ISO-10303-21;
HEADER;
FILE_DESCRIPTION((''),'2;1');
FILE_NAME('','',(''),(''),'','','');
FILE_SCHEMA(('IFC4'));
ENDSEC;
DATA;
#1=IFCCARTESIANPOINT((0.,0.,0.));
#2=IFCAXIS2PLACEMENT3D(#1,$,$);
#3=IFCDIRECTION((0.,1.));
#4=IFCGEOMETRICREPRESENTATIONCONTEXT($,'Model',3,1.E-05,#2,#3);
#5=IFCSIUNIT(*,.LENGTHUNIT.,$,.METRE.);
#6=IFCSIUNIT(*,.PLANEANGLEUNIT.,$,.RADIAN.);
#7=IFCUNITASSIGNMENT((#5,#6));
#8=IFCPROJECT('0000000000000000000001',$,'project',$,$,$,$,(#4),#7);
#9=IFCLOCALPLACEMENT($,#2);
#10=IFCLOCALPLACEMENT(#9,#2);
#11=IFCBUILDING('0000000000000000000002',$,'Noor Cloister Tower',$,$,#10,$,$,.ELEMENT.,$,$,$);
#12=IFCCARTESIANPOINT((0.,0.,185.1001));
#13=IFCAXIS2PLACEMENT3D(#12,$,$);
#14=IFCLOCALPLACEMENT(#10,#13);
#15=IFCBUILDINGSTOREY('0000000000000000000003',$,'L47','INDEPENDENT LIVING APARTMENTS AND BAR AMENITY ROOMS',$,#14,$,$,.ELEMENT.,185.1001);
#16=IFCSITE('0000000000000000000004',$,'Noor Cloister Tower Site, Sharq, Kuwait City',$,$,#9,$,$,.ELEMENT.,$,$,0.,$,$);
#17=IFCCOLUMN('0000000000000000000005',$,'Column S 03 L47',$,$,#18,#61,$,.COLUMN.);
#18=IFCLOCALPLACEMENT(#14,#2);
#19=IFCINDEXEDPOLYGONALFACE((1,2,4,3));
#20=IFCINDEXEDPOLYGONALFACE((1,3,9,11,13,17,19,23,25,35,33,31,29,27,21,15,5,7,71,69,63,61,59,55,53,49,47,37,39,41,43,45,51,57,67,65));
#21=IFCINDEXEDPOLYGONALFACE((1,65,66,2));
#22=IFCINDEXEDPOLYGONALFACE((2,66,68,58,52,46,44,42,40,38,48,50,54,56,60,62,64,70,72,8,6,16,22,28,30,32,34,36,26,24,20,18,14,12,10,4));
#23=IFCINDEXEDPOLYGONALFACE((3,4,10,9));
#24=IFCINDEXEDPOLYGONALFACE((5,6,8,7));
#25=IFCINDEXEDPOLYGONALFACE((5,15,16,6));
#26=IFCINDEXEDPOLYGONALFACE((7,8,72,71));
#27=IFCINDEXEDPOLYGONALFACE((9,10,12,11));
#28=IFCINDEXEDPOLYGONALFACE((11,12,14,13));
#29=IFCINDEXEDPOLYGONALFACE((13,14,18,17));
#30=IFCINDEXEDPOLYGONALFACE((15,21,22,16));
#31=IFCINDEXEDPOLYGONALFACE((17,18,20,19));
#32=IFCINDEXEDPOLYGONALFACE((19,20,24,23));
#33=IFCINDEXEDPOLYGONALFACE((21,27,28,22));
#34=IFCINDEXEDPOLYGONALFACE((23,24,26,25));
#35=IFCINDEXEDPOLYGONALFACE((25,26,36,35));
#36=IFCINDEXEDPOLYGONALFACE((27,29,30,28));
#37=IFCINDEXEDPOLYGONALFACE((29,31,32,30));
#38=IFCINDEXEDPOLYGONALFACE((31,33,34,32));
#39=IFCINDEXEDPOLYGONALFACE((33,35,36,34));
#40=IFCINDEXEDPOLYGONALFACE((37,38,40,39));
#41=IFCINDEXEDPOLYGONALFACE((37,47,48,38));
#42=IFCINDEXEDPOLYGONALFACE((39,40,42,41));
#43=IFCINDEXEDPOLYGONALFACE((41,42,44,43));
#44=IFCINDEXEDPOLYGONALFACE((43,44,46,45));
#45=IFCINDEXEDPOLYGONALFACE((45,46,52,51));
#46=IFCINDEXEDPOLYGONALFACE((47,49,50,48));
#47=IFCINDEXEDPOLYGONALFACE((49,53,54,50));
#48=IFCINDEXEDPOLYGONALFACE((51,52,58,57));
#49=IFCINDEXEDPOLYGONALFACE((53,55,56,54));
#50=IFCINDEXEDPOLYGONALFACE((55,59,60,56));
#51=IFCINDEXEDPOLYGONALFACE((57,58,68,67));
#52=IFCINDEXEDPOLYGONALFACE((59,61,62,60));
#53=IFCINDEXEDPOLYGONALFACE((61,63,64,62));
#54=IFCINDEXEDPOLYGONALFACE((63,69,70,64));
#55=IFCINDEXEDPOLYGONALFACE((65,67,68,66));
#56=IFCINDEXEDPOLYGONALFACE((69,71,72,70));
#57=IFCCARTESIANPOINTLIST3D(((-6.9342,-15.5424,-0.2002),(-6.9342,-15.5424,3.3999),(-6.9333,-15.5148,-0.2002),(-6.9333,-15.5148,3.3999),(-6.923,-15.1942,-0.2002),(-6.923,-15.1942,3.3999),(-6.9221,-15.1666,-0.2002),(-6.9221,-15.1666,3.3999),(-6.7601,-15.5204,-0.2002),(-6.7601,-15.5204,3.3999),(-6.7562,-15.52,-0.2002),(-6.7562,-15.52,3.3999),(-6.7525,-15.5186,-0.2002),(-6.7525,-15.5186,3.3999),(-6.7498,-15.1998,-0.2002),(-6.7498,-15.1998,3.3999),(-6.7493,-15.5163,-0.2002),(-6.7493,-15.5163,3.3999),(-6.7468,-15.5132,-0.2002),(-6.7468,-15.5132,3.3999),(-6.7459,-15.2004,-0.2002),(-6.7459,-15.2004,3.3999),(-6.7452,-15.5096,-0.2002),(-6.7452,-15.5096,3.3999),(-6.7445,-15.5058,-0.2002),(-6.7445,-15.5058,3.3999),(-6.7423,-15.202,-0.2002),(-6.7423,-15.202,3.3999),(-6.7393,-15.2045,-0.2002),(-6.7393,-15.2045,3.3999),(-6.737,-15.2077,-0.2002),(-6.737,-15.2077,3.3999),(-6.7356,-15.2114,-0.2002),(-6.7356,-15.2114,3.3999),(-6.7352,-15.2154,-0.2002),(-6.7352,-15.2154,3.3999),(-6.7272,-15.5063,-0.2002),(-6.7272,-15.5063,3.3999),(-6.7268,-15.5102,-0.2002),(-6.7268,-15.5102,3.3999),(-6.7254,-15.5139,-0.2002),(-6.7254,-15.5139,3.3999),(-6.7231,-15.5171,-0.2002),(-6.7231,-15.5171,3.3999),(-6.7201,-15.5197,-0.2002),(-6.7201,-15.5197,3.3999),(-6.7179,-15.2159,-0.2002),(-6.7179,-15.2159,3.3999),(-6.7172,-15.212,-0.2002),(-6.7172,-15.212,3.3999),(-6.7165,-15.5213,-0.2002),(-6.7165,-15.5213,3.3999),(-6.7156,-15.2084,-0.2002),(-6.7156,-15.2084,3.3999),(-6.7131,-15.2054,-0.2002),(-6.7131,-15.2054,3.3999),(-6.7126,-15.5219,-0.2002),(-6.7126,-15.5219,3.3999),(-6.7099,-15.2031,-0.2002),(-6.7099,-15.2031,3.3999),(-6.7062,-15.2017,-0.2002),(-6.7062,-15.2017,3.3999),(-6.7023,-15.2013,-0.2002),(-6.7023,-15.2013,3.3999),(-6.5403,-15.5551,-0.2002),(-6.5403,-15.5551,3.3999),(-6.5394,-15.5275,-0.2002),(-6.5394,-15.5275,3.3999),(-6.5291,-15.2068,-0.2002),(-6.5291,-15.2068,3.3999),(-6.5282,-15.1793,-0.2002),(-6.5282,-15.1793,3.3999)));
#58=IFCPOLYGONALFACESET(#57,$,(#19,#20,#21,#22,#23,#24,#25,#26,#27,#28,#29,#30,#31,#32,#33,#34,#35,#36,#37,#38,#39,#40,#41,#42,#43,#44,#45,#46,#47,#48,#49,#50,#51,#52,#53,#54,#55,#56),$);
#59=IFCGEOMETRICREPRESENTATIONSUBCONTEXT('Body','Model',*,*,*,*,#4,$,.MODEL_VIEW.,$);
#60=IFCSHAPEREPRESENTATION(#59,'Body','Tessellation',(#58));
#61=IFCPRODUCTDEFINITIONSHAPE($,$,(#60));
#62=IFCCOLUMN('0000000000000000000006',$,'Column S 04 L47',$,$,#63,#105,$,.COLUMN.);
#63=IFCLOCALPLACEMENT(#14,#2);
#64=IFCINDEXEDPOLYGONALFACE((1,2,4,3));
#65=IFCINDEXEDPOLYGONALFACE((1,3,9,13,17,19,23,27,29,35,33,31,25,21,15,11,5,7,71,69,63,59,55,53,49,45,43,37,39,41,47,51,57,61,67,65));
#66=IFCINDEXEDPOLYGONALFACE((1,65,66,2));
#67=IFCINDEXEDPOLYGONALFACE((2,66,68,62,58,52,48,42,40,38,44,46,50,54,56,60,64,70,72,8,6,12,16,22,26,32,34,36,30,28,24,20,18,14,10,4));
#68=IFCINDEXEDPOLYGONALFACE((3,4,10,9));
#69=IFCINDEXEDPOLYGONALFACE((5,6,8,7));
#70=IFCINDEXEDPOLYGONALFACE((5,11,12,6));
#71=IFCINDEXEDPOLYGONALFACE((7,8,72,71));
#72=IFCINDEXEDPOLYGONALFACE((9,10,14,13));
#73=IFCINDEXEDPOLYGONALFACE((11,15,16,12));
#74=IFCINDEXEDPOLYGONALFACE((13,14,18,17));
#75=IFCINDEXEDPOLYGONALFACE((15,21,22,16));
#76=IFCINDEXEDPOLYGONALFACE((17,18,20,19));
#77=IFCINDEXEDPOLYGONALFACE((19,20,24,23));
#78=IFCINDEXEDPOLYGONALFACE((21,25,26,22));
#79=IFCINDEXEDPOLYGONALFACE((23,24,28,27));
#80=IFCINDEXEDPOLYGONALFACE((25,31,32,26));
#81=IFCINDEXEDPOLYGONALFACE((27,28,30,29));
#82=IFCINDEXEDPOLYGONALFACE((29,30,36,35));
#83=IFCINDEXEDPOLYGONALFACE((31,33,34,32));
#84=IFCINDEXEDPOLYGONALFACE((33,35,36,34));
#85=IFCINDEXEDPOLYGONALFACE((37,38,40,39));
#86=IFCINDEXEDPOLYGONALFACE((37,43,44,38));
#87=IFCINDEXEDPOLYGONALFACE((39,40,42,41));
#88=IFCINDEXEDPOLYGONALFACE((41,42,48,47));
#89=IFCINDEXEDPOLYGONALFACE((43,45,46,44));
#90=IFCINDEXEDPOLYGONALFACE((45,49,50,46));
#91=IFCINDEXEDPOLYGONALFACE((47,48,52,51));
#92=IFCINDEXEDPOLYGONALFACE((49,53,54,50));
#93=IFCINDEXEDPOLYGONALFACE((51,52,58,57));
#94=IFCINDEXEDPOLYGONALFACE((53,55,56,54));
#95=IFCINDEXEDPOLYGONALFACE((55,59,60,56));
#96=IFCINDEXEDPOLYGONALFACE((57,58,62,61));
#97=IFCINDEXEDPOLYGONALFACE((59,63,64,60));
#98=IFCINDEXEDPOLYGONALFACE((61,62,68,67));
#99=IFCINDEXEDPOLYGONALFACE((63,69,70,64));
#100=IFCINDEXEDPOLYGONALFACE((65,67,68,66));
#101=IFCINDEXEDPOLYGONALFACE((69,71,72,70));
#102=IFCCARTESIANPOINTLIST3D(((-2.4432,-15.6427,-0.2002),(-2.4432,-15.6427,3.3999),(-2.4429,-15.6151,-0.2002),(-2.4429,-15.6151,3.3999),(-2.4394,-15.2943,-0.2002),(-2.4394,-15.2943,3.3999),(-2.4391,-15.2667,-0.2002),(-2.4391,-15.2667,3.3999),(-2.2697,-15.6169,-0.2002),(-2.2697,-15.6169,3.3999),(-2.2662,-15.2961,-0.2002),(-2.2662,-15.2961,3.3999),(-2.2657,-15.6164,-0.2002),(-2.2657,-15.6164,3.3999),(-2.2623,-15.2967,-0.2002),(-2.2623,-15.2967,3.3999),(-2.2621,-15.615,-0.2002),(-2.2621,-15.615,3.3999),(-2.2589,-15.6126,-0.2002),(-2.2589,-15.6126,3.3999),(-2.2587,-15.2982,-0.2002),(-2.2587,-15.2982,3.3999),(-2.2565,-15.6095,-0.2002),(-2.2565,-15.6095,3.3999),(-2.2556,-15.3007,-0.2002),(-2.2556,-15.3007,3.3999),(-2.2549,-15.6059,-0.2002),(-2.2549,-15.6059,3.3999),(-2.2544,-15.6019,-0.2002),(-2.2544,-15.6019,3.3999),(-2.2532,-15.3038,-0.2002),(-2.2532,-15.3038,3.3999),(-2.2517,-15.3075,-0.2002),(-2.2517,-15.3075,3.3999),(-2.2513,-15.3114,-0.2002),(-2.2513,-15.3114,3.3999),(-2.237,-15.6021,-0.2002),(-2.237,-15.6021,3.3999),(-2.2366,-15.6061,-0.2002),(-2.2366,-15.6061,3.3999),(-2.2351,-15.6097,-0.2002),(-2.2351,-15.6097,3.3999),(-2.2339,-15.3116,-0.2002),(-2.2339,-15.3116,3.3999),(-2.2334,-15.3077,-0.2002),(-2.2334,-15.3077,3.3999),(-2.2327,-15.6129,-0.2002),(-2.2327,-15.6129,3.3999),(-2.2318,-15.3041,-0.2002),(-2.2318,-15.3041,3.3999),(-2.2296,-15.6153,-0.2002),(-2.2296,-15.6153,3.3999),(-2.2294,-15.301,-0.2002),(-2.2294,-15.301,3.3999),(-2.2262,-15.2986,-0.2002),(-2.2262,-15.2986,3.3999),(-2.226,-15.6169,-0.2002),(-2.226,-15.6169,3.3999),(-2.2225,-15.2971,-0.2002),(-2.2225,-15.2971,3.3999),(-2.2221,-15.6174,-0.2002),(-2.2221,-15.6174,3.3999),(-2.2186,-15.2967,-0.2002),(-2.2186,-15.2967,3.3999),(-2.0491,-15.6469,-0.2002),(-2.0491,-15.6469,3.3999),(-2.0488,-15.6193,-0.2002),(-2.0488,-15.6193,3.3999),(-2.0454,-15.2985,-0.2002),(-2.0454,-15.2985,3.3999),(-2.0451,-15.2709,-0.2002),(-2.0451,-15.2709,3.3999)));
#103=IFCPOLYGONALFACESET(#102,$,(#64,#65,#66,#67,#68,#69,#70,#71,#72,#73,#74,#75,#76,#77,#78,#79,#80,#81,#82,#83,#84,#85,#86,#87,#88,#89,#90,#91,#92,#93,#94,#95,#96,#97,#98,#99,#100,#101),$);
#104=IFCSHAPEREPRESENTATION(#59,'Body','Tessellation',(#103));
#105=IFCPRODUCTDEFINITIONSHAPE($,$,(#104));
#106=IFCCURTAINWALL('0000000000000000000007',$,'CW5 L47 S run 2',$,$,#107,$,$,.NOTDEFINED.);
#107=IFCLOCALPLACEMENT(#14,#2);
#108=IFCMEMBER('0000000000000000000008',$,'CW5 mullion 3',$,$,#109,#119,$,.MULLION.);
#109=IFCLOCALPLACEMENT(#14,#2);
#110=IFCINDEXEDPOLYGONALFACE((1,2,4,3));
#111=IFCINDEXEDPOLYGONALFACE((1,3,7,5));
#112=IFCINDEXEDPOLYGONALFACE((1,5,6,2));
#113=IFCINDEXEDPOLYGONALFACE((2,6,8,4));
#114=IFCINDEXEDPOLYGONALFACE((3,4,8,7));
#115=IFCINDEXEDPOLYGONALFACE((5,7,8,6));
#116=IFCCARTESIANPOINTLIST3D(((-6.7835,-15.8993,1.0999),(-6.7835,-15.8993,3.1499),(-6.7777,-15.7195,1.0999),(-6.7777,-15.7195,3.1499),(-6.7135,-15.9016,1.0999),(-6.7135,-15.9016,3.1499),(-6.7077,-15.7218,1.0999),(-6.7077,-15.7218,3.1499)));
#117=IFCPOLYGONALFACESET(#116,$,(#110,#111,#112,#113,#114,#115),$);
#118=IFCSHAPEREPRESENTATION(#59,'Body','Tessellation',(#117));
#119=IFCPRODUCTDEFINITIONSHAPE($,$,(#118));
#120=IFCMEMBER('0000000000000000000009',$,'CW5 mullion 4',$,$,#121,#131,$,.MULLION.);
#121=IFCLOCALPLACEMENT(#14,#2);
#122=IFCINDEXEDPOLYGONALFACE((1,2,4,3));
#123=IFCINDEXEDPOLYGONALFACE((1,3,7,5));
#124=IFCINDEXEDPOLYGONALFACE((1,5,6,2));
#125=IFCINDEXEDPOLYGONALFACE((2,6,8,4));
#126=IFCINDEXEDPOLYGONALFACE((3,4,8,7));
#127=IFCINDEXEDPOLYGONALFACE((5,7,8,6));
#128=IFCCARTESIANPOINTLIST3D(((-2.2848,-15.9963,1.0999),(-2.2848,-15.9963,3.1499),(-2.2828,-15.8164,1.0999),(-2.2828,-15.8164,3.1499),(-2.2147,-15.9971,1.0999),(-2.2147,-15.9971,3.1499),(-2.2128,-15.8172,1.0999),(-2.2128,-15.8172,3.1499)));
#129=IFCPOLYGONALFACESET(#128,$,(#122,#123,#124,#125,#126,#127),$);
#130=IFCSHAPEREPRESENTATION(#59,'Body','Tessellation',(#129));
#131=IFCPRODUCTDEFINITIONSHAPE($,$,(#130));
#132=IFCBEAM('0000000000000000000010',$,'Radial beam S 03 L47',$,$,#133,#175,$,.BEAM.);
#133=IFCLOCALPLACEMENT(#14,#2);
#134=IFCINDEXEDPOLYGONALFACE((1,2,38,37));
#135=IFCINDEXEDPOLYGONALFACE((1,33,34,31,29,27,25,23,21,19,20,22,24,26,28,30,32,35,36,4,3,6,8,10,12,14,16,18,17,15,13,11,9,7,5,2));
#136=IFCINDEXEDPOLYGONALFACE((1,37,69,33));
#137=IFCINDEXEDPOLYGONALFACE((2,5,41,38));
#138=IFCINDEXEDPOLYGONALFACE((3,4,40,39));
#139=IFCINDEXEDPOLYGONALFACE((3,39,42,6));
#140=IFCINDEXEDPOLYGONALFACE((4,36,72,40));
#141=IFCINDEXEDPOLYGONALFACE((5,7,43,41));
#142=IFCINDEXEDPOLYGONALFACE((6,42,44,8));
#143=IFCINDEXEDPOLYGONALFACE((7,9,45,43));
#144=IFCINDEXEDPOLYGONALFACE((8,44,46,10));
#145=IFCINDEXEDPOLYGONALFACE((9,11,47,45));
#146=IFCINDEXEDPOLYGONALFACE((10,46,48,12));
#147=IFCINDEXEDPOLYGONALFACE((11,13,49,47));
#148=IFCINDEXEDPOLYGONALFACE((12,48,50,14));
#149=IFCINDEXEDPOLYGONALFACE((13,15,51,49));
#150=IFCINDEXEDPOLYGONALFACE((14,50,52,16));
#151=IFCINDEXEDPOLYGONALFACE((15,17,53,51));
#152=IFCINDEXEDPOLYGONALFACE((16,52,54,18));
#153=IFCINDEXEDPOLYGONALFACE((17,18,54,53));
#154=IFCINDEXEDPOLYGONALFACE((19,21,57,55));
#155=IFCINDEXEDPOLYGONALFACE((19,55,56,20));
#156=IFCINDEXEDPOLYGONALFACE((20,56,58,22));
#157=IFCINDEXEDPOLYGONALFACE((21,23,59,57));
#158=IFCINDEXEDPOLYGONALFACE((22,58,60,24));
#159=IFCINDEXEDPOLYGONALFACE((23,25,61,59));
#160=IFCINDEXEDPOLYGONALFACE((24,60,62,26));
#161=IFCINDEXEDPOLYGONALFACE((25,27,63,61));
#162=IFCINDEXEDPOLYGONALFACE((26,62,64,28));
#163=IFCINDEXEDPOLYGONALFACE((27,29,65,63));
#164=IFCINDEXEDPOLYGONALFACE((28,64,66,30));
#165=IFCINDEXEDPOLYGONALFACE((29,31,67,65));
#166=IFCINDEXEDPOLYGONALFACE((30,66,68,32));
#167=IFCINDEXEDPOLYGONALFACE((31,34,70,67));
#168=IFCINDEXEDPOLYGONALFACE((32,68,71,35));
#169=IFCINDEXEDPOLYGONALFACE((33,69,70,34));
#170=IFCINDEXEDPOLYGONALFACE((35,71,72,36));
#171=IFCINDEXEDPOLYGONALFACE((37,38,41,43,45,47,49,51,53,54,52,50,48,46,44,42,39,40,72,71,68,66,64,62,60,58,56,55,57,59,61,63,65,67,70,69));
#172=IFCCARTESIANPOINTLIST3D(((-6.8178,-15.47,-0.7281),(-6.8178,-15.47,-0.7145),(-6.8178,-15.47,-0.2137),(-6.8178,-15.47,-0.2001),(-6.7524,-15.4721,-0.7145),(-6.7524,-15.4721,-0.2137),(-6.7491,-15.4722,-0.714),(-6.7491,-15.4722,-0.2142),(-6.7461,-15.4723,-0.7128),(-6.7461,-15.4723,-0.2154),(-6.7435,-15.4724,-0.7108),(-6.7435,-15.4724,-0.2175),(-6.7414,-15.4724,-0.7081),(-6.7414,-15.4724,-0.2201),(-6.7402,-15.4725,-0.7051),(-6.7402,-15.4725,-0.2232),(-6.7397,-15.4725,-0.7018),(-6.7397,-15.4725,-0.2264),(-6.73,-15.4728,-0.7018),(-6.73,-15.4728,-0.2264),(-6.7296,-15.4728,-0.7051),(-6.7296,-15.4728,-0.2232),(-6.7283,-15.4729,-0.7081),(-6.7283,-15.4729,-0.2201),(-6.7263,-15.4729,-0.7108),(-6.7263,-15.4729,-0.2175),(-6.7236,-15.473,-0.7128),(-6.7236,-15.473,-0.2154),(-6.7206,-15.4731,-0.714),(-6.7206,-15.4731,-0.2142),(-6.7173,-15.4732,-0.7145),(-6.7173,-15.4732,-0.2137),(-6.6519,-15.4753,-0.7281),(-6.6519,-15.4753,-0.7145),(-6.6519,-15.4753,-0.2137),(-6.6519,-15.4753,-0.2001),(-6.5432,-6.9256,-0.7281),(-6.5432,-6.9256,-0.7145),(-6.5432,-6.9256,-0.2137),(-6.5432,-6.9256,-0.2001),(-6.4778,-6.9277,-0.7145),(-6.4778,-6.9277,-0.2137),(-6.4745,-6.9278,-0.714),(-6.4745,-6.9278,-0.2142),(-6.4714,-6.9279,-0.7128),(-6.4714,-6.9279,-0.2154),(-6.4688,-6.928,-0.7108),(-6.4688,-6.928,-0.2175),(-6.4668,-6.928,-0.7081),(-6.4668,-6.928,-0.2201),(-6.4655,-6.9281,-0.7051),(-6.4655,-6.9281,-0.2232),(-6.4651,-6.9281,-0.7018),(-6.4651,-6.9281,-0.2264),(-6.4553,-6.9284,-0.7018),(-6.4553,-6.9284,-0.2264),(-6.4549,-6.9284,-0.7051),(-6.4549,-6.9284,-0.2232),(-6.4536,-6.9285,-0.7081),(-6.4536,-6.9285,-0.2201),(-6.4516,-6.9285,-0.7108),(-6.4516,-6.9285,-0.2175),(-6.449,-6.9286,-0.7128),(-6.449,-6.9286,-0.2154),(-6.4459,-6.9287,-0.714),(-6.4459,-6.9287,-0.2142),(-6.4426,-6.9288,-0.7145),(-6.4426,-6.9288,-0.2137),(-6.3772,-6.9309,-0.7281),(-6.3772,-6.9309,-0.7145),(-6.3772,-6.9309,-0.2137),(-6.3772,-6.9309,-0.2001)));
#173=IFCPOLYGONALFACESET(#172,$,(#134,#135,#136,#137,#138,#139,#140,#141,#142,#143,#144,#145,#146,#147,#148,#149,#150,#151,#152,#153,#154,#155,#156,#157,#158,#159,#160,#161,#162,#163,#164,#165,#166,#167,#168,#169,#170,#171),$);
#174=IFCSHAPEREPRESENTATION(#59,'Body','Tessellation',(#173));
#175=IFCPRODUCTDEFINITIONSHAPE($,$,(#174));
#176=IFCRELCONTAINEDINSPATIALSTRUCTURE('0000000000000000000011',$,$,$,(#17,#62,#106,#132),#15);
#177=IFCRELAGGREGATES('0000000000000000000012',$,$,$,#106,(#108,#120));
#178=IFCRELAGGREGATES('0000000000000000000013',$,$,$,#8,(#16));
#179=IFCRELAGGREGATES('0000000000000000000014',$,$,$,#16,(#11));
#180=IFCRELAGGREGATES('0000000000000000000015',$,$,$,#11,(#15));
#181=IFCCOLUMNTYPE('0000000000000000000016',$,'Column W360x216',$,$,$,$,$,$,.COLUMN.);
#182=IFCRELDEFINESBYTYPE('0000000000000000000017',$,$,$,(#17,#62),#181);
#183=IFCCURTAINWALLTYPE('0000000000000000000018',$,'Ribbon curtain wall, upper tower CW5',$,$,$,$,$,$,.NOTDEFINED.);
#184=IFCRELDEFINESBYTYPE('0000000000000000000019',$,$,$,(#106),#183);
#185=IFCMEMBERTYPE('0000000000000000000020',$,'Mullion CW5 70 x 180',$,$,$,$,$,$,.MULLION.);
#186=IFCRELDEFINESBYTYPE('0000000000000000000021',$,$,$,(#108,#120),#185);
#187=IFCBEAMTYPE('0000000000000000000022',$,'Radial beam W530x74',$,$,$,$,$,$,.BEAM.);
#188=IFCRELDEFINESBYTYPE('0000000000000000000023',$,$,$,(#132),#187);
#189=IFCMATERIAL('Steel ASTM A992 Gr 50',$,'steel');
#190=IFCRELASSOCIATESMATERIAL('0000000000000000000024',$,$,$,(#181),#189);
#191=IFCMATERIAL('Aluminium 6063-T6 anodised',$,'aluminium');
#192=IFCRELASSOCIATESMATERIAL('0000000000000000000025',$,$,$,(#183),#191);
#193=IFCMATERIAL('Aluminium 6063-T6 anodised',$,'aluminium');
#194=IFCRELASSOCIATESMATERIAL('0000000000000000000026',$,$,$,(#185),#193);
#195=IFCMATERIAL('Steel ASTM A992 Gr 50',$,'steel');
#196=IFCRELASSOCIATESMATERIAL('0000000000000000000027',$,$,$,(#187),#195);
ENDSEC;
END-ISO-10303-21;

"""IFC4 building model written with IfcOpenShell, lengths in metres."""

from ifc_helpers import new_model, si_unit, direction, frame, origin, origin_2d, place, context, subcontext, project, spatial, rectangle, i_section, extrude, material, material_profile, profile_set, type_object, element, aggregate, save


model = new_model("IFC4")

# Units and contexts
model_context = context("Model", 3, precision=1e-05, world=origin(), true_north=direction((0.0, 1.0)))
body_context = subcontext(model_context, "Body", "Model", "MODEL_VIEW")
ifc_project = project(units=[si_unit("LENGTHUNIT", "METRE"), si_unit("PLANEANGLEUNIT", "RADIAN")], contexts=[model_context])

# Site, building, storey
site_placement = place(None, origin())
site = spatial("IfcSite", under=ifc_project, at=site_placement, Name="Noor Cloister Tower Site, Sharq, Kuwait City", CompositionType="ELEMENT", RefElevation=0.0)
building_placement = place(site_placement, origin())
building = spatial("IfcBuilding", under=site, at=building_placement, Name="Noor Cloister Tower", CompositionType="ELEMENT")
storey_placement = place(building_placement, frame((0.0, 0.0, 185.1001)))
storey = spatial("IfcBuildingStorey", under=building, at=storey_placement, Name="L47", Description="INDEPENDENT LIVING APARTMENTS AND BAR AMENITY ROOMS", CompositionType="ELEMENT", Elevation=185.1001)

# Columns
ifc_material_1 = material(Name="Steel ASTM A992 Gr 50", Category="steel")
ifc_material_profile_1 = material_profile(ifc_material_1, i_section(OverallWidth=0.394, OverallDepth=0.376, WebThickness=0.0173, FlangeThickness=0.0276, FilletRadius=0.0151, at=origin_2d()), Name="W360x216")
ifc_profile_set_1 = profile_set([ifc_material_profile_1], Name="Steel ASTM A992 Gr 50")
column_type = type_object("IfcColumnType", Name="Column W360x216", PredefinedType="COLUMN", material=ifc_profile_set_1)
for number, where, z_axis, x_axis, name in (
    (1, (-6.7312, -15.3608, -0.2002), (0.0, 0.0, 1.0), (0.999484, -0.032107, 0.0), "Column S 03 L47"),
    (2, (-2.2441, -15.4568, -0.2002), (0.0, 0.0, 1.0), (0.999943, -0.010704, 0.0), "Column S 04 L47"),
):
    element("IfcColumn", number, at=place(storey_placement, frame(where, z_axis=z_axis, x_axis=x_axis)), inside=storey, type_object=column_type, Name=name, PredefinedType="COLUMN", context=body_context, shape_type="SweptSolid", body=[
        extrude(i_section(OverallWidth=0.394, OverallDepth=0.376, WebThickness=0.0173, FlangeThickness=0.0276, FilletRadius=0.0151, at=origin_2d()), origin(), (0.0, 0.0, 1.0), 3.6001),
    ])

# Curtain wall, members
ifc_material_2 = material(Name="Aluminium 6063-T6 anodised", Category="aluminium")
curtain_wall_type = type_object("IfcCurtainWallType", Name="Ribbon curtain wall, upper tower CW5", PredefinedType="NOTDEFINED", material=ifc_material_2)
curtain_wall_placement = place(storey_placement, origin())
curtain_wall = element("IfcCurtainWall", 3, at=curtain_wall_placement, inside=storey, type_object=curtain_wall_type, Name="CW5 L47 S run 2", PredefinedType="NOTDEFINED")
ifc_material_3 = material(Name="Aluminium 6063-T6 anodised", Category="aluminium")
ifc_material_profile_2 = material_profile(ifc_material_3, rectangle(XDim=0.1799, YDim=0.0701, at=origin_2d()), Name="180 x 70 mullion")
ifc_profile_set_2 = profile_set([ifc_material_profile_2], Name="Aluminium 6063-T6 anodised")
member_type = type_object("IfcMemberType", Name="Mullion CW5 70 x 180", PredefinedType="MULLION", material=ifc_profile_set_2)
member_1_placement = place(storey_placement, frame((-6.7456, -15.8105, 1.0999), z_axis=(0.0, 0.0, 1.0), x_axis=(0.032107, 0.999484, 0.0)))
member_1 = element("IfcMember", 4, at=member_1_placement, type_object=member_type, Name="CW5 mullion 3", PredefinedType="MULLION", context=body_context, shape_type="SweptSolid", body=[
    extrude(rectangle(XDim=0.1799, YDim=0.0701, at=origin_2d()), origin(), (0.0, 0.0, 1.0), 2.05),
])
member_2_placement = place(storey_placement, frame((-2.2488, -15.9067, 1.0999), z_axis=(0.0, 0.0, 1.0), x_axis=(0.010704, 0.999943, 0.0)))
member_2 = element("IfcMember", 5, at=member_2_placement, type_object=member_type, Name="CW5 mullion 4", PredefinedType="MULLION", context=body_context, shape_type="SweptSolid", body=[
    extrude(rectangle(XDim=0.1799, YDim=0.0701, at=origin_2d()), origin(), (0.0, 0.0, 1.0), 2.05),
])

# Beam
ifc_material_4 = material(Name="Steel ASTM A992 Gr 50", Category="steel")
ifc_material_profile_3 = material_profile(ifc_material_4, i_section(OverallWidth=0.166, OverallDepth=0.5281, WebThickness=0.0098, FlangeThickness=0.0137, FilletRadius=0.0127, at=origin_2d()), Name="W530x74")
ifc_profile_set_3 = profile_set([ifc_material_profile_3], Name="Steel ASTM A992 Gr 50")
beam_type_1 = type_object("IfcBeamType", Name="Radial beam W530x74", PredefinedType="BEAM", material=ifc_profile_set_3)
beam_1_placement = place(storey_placement, frame((-6.7349, -15.4727, -0.4641), z_axis=(0.032128, 0.999484, 0.0), x_axis=(-0.999484, 0.032128, 0.0)))
element("IfcBeam", 6, at=beam_1_placement, inside=storey, type_object=beam_type_1, Name="Radial beam S 03 L47", PredefinedType="BEAM", context=body_context, shape_type="SweptSolid", body=[
    extrude(i_section(OverallWidth=0.166, OverallDepth=0.5281, WebThickness=0.0098, FlangeThickness=0.0137, FilletRadius=0.0127, at=origin_2d()), origin(), (0.0, 0.0, 1.0), 8.5488),
])

aggregate(curtain_wall, [member_1, member_2])

save(model, "model.ifc")
